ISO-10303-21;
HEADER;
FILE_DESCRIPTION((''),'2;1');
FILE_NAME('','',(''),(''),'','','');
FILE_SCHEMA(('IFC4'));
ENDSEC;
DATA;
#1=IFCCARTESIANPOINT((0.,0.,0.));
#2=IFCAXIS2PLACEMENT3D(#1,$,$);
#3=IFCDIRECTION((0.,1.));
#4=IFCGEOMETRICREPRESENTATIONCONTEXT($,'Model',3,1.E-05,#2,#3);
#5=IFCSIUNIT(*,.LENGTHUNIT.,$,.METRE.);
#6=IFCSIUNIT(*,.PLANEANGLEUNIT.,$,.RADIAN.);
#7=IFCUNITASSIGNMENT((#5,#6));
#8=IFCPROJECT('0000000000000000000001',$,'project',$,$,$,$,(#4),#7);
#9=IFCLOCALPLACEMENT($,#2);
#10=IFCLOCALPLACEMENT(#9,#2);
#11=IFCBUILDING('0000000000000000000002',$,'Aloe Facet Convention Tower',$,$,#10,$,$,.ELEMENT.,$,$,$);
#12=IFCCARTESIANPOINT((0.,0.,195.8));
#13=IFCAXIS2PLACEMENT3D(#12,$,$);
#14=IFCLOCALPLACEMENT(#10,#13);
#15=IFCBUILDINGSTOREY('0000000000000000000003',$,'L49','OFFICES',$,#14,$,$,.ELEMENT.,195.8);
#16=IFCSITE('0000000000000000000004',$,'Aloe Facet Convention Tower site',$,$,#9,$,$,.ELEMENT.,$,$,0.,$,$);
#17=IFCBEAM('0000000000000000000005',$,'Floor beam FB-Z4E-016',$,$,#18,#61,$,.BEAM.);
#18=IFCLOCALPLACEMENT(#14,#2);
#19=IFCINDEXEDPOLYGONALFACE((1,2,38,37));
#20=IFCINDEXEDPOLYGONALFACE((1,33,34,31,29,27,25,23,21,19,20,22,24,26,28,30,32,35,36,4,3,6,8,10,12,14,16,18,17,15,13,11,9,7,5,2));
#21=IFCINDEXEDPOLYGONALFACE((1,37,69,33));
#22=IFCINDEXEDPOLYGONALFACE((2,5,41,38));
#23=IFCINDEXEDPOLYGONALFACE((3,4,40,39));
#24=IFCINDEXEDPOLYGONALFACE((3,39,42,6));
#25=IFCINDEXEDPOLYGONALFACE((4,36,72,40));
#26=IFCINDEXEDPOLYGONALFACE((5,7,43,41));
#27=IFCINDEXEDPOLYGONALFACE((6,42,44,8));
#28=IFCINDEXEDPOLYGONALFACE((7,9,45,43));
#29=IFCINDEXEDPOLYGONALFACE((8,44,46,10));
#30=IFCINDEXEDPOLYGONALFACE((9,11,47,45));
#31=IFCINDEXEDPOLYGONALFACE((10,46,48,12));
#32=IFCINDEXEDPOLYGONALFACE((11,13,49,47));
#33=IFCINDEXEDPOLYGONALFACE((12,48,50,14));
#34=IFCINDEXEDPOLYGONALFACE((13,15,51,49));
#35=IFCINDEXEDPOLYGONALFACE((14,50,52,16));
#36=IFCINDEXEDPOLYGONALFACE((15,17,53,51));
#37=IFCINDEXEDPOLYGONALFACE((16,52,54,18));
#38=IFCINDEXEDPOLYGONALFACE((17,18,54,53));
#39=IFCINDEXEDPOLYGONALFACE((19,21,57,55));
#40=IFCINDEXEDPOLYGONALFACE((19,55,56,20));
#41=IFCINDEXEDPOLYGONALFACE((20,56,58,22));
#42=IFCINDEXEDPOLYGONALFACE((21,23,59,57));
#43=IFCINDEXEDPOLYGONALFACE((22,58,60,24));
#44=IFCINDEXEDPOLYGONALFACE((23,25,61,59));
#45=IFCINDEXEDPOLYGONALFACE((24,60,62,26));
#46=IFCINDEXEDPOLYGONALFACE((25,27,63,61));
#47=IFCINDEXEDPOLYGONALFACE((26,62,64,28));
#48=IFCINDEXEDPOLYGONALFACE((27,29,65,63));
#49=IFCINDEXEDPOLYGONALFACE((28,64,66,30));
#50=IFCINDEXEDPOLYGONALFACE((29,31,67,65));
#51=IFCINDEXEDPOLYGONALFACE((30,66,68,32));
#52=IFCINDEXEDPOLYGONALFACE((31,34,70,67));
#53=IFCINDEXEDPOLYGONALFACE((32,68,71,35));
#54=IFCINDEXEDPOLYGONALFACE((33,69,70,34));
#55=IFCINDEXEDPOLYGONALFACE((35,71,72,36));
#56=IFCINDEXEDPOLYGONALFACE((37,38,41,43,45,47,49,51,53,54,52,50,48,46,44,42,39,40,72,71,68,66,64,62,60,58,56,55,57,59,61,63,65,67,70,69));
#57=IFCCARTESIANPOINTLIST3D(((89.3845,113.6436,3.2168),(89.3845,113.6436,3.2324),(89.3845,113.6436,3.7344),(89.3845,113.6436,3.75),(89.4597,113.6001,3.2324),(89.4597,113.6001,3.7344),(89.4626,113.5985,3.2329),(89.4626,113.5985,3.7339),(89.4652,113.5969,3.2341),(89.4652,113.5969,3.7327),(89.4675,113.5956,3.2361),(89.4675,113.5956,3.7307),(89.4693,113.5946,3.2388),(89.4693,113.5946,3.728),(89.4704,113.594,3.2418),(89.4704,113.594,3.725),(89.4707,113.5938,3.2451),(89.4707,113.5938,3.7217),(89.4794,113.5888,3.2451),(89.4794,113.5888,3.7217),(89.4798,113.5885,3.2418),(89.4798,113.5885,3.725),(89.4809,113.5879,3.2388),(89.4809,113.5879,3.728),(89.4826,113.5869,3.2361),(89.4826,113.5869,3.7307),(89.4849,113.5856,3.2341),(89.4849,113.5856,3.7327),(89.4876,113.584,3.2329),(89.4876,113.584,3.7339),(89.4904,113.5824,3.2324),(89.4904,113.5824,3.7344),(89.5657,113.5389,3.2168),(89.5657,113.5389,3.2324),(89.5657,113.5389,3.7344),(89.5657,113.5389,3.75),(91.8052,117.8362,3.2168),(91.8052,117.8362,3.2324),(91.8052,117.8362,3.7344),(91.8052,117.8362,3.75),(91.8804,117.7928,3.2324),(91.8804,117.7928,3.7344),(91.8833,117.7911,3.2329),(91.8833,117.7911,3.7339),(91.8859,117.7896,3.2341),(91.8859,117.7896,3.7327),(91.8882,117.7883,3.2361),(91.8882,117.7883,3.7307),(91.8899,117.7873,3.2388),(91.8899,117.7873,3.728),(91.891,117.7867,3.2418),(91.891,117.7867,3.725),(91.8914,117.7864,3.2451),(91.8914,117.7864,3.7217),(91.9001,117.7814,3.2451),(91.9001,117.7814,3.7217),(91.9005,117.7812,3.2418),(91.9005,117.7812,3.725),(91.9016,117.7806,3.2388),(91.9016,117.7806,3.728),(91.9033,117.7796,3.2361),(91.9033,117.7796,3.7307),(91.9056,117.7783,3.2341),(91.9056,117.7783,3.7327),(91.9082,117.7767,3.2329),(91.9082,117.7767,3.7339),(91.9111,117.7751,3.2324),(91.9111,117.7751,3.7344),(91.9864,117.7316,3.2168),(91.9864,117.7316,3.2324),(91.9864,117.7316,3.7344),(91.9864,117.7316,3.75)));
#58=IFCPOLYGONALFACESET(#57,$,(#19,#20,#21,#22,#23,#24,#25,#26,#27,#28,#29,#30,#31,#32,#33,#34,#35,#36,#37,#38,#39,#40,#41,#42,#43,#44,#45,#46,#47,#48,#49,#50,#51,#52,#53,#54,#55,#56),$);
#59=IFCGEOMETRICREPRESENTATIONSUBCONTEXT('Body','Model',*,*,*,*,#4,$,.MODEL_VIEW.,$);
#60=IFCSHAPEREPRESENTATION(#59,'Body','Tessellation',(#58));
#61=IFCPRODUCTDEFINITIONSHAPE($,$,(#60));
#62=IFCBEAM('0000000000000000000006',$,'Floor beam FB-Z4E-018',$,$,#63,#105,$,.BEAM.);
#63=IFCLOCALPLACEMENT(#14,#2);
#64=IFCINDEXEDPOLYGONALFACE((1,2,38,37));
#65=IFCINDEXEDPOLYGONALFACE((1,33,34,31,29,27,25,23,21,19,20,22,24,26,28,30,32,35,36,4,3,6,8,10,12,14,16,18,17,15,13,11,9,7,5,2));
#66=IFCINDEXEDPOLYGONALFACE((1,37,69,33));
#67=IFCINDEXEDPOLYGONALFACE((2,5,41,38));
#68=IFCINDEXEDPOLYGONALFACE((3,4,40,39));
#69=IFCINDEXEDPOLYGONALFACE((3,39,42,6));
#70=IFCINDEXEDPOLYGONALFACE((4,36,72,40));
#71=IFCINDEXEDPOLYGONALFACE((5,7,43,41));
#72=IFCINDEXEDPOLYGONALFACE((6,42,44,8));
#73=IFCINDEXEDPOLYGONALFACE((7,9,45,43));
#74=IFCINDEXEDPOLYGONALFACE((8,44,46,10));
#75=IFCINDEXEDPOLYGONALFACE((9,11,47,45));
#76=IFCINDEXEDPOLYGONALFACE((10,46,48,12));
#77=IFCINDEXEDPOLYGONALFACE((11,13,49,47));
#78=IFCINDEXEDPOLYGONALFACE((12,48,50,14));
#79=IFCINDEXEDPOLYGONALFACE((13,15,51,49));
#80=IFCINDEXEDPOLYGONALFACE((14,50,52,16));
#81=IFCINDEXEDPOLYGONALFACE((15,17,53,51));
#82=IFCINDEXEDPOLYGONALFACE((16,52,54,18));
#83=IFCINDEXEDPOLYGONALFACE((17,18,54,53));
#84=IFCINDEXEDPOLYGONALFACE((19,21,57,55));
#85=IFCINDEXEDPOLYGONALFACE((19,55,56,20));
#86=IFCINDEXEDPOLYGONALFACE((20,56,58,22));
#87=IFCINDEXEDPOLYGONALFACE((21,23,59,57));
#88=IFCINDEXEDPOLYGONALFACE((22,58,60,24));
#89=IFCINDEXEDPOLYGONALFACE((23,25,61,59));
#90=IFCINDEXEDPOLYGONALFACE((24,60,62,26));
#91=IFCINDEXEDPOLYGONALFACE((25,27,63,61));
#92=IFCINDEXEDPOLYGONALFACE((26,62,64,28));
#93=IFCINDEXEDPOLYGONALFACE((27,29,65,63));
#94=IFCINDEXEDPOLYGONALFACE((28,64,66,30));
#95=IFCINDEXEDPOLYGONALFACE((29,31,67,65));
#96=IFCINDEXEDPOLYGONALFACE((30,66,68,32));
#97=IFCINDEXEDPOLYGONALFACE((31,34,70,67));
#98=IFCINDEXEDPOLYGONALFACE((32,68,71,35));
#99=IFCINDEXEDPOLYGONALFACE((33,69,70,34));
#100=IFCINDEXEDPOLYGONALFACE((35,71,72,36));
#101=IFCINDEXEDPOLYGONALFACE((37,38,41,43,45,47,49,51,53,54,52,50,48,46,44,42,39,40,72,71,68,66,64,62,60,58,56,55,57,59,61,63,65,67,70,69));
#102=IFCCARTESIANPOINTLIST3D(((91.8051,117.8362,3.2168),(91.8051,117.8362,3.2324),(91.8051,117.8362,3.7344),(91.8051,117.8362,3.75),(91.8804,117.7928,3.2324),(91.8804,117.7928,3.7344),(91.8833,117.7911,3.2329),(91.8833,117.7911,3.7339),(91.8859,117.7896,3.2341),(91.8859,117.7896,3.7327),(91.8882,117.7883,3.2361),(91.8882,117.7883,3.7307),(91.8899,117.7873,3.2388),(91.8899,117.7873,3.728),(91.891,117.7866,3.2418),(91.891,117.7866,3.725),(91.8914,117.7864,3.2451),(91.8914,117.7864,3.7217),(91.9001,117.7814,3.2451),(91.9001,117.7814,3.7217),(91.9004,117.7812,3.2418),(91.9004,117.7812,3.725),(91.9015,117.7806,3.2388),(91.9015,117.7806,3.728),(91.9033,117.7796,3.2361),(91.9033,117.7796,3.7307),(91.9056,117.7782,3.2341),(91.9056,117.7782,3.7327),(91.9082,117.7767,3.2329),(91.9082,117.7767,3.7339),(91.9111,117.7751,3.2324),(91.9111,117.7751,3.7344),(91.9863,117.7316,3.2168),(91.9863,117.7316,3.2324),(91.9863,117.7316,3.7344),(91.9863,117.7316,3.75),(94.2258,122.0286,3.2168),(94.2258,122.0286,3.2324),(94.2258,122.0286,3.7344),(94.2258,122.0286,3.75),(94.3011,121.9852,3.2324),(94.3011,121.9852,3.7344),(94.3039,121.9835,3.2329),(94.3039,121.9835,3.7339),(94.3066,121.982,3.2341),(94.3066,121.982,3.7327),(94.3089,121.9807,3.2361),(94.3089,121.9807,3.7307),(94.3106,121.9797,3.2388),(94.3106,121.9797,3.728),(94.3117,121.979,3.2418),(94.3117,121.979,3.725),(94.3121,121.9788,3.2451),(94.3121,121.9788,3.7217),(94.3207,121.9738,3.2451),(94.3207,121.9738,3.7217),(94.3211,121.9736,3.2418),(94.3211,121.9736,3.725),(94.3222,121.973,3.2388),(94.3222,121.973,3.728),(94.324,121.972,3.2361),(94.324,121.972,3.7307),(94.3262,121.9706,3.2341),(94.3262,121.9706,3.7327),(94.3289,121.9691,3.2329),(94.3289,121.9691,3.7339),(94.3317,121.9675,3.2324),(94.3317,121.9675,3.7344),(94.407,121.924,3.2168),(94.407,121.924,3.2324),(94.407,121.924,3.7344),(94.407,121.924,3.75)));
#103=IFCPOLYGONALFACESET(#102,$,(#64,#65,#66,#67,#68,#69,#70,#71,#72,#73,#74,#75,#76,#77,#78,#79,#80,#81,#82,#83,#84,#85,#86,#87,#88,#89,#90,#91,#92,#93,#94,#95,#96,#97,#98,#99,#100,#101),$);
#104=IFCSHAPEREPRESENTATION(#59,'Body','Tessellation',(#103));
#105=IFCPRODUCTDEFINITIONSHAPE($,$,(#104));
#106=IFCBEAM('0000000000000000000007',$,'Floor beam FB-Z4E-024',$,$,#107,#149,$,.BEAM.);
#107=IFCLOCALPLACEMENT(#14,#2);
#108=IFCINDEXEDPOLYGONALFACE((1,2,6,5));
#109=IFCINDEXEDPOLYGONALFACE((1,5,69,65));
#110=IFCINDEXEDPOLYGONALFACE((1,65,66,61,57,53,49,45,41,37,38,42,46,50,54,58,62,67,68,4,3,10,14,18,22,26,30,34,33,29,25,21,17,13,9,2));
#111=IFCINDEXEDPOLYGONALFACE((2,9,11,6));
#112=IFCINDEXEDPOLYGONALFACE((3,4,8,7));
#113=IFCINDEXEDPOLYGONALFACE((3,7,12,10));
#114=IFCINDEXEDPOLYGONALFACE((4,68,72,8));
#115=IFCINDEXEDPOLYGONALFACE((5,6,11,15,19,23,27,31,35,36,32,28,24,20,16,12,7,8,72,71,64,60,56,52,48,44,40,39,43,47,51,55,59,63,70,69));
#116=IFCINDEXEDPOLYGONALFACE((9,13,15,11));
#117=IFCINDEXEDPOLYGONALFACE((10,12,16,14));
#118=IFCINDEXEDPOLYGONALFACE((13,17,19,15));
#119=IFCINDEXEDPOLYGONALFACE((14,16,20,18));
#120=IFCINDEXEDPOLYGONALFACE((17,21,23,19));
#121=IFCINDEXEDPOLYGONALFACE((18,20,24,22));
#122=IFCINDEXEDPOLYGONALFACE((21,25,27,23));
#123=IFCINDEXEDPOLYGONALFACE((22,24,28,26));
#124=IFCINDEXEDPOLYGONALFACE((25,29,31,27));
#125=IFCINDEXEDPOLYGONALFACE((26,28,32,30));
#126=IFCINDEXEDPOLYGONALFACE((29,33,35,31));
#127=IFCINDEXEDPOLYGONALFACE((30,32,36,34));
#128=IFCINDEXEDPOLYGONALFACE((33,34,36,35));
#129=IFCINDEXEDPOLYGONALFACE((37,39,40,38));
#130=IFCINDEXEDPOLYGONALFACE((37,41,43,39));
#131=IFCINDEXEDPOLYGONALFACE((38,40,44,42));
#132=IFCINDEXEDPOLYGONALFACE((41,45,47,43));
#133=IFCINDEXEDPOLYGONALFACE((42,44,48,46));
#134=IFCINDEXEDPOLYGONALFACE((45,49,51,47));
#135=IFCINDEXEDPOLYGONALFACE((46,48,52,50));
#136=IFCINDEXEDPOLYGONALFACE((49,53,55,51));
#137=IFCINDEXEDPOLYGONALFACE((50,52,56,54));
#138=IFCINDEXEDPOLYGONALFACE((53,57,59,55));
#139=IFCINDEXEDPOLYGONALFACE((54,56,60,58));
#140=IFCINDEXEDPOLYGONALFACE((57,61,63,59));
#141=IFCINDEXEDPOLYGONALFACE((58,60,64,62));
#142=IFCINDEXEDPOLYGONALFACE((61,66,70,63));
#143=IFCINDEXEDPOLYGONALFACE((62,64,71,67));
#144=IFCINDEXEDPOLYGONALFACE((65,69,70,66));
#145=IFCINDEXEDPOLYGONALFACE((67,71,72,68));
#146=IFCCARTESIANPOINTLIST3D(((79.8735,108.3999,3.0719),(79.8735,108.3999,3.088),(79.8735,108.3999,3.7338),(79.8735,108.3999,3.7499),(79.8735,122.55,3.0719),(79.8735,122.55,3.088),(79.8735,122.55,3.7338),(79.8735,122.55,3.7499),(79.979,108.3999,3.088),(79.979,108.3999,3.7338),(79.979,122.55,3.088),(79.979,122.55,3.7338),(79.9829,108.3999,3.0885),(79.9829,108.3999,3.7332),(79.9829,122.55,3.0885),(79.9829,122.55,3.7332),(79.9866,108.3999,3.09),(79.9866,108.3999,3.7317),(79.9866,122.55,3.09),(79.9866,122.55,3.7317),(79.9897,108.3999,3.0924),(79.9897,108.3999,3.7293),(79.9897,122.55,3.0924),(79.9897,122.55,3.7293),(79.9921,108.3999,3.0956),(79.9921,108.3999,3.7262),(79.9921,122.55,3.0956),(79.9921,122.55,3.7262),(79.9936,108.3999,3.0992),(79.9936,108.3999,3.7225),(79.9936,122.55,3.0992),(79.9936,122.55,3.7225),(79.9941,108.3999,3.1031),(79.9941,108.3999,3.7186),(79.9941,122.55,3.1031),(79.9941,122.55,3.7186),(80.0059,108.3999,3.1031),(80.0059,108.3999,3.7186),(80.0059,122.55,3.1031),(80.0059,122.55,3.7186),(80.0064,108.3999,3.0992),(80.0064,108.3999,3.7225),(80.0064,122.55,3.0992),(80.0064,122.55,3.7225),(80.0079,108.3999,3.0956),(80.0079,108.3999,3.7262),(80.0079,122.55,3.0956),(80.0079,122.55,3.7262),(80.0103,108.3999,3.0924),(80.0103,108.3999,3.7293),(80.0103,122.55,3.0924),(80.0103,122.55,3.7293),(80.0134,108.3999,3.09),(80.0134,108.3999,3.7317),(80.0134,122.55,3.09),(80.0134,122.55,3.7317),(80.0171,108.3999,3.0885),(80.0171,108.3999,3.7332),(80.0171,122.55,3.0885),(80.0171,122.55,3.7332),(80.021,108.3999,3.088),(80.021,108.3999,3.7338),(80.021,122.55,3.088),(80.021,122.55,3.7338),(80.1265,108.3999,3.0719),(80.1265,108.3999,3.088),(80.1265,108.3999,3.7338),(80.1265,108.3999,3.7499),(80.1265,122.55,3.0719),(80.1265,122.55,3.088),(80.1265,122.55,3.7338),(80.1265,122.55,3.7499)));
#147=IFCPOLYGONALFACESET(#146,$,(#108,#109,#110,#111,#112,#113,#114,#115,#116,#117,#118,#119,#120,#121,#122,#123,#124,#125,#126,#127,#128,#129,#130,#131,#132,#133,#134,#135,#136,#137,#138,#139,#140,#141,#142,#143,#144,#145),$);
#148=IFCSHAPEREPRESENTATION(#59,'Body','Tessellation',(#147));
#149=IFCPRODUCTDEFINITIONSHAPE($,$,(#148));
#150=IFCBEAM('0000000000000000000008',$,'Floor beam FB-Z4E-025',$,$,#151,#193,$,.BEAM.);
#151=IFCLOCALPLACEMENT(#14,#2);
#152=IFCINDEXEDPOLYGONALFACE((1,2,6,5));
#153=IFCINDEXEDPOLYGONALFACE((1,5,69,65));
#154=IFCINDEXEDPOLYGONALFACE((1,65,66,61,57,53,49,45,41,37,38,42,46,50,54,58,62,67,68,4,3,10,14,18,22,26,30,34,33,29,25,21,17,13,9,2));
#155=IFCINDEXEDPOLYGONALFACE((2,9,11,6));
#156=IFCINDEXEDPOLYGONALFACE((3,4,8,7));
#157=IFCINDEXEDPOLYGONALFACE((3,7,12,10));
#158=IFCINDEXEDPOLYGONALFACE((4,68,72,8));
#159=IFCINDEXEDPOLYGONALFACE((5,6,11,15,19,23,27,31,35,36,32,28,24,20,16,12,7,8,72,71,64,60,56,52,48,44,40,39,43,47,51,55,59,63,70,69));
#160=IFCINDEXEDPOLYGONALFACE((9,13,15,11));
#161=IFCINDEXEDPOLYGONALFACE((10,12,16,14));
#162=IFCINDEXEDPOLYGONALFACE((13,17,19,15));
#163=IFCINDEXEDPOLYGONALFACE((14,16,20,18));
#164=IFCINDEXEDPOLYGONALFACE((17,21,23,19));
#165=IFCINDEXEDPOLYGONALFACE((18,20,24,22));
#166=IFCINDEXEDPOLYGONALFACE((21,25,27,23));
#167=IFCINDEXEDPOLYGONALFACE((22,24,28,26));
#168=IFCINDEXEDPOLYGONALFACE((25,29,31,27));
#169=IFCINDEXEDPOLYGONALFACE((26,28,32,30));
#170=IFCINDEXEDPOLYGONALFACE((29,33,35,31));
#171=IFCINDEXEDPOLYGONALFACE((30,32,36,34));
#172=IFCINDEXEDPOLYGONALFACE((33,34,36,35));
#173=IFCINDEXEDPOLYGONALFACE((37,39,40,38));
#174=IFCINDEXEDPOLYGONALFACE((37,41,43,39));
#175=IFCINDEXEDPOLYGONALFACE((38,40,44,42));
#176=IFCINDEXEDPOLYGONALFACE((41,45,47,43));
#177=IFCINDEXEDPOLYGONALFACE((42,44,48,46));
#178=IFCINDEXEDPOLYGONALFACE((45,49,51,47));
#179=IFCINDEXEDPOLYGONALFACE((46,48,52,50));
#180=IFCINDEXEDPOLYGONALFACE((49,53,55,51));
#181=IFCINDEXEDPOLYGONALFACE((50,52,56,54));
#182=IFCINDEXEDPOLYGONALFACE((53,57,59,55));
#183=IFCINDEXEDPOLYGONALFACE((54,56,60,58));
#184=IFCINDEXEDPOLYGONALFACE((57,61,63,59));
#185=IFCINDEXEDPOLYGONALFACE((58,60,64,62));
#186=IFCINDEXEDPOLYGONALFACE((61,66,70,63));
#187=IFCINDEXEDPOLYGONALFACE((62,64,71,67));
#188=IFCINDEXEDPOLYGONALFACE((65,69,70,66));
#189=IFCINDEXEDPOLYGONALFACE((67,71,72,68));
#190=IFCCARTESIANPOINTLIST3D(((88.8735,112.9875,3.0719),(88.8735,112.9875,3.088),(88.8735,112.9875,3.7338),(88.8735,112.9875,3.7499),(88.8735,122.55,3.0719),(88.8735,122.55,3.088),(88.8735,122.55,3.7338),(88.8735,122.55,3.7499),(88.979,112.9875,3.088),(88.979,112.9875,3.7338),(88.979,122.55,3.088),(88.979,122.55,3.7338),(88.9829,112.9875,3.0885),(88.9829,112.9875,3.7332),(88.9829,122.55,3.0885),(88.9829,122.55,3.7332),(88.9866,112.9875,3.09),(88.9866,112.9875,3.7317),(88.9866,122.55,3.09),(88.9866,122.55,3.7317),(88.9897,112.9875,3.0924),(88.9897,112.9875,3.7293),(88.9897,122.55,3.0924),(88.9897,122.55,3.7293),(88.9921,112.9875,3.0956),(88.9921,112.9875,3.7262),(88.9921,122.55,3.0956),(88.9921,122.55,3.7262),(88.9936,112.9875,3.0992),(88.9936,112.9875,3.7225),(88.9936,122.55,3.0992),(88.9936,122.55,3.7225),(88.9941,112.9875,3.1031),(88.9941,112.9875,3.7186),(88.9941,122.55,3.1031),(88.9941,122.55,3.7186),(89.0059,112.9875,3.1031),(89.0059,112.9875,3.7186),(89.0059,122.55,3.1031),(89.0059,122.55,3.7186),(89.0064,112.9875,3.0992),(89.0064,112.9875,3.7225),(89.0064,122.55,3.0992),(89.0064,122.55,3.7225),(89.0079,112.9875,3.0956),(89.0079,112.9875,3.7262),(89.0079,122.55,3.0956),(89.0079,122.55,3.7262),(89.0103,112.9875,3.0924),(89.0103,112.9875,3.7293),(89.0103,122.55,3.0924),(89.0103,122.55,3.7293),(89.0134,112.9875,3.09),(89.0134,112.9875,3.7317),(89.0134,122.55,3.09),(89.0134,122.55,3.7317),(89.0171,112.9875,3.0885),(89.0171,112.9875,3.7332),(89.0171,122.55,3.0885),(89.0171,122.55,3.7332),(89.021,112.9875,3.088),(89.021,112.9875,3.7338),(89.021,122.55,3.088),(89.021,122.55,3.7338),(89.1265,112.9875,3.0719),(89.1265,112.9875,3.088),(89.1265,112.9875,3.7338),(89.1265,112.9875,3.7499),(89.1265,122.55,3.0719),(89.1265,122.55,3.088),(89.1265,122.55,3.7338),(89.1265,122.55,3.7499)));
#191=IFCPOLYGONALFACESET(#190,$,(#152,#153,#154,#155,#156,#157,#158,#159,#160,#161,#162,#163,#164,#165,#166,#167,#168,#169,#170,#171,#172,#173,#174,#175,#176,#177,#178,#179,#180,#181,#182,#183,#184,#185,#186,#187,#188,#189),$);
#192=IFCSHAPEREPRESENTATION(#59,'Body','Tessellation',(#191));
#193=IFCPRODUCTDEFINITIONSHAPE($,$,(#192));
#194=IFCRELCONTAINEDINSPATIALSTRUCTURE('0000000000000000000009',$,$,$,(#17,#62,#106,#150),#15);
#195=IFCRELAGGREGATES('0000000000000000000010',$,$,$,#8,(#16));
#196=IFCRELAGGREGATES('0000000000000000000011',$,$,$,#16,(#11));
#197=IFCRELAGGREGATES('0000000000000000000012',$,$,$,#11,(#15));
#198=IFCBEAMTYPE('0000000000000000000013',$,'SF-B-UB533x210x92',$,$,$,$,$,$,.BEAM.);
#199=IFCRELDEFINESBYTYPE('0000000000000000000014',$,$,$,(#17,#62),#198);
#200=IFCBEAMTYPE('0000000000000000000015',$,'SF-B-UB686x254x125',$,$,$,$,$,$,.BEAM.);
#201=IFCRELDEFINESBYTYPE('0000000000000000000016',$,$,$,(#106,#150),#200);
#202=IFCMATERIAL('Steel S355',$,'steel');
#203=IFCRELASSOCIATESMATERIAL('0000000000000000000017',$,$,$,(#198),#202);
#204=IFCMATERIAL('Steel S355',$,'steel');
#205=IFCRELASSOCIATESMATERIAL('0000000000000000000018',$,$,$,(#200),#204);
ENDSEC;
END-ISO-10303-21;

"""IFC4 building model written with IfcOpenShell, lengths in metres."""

from ifc_helpers import new_model, si_unit, direction, frame, origin, origin_2d, place, context, subcontext, project, spatial, i_section, extrude, material, material_profile, profile_set, type_object, element, save


model = new_model("IFC4")

# Units and contexts
model_context = context("Model", 3, precision=1e-05, world=origin(), true_north=direction((0.0, 1.0)))
body_context = subcontext(model_context, "Body", "Model", "MODEL_VIEW")
ifc_project = project(units=[si_unit("LENGTHUNIT", "METRE"), si_unit("PLANEANGLEUNIT", "RADIAN")], contexts=[model_context])

# Site, building, storey
site_placement = place(None, origin())
site = spatial("IfcSite", under=ifc_project, at=site_placement, Name="Aloe Facet Convention Tower site", CompositionType="ELEMENT", RefElevation=0.0)
building_placement = place(site_placement, origin())
building = spatial("IfcBuilding", under=site, at=building_placement, Name="Aloe Facet Convention Tower", CompositionType="ELEMENT")
storey_placement = place(building_placement, frame((0.0, 0.0, 195.8)))
storey = spatial("IfcBuildingStorey", under=building, at=storey_placement, Name="L49", Description="OFFICES", CompositionType="ELEMENT", Elevation=195.8)

# Beams
ifc_material_1 = material(Name="Steel S355", Category="steel")
ifc_material_profile_1 = material_profile(ifc_material_1, i_section(OverallWidth=0.2092, OverallDepth=0.5332, WebThickness=0.01, FlangeThickness=0.0156, FilletRadius=0.0127, at=origin_2d()), Name="UB 533x210x92")
ifc_profile_set_1 = profile_set([ifc_material_profile_1], Name="Steel S355")
beam_type_1 = type_object("IfcBeamType", Name="SF-B-UB533x210x92", PredefinedType="BEAM", material=ifc_profile_set_1)
beam_1_placement = place(storey_placement, frame((91.8958, 117.7839, 3.4834), z_axis=(-0.500006, -0.866022, 0.0), x_axis=(0.866022, -0.500006, 0.0)))
element("IfcBeam", 1, at=beam_1_placement, inside=storey, type_object=beam_type_1, Name="Floor beam FB-Z4E-016", PredefinedType="BEAM", context=body_context, shape_type="SweptSolid", body=[
    extrude(i_section(OverallWidth=0.2092, OverallDepth=0.5332, WebThickness=0.01, FlangeThickness=0.0156, FilletRadius=0.0127, at=origin_2d()), origin(), (0.0, 0.0, 1.0), 4.8413),
])
beam_2_placement = place(storey_placement, frame((94.3164, 121.9763, 3.4834), z_axis=(-0.500028, -0.866009, 0.0), x_axis=(0.866009, -0.500028, 0.0)))
element("IfcBeam", 2, at=beam_2_placement, inside=storey, type_object=beam_type_1, Name="Floor beam FB-Z4E-018", PredefinedType="BEAM", context=body_context, shape_type="SweptSolid", body=[
    extrude(i_section(OverallWidth=0.2092, OverallDepth=0.5332, WebThickness=0.01, FlangeThickness=0.0156, FilletRadius=0.0127, at=origin_2d()), origin(), (0.0, 0.0, 1.0), 4.8411),
])
ifc_material_2 = material(Name="Steel S355", Category="steel")
ifc_material_profile_2 = material_profile(ifc_material_2, i_section(OverallWidth=0.2529, OverallDepth=0.678, WebThickness=0.0117, FlangeThickness=0.0161, FilletRadius=0.0151, at=origin_2d()), Name="UB 686x254x125")
ifc_profile_set_2 = profile_set([ifc_material_profile_2], Name="Steel S355")
beam_type_2 = type_object("IfcBeamType", Name="SF-B-UB686x254x125", PredefinedType="BEAM", material=ifc_profile_set_2)
beam_3_placement = place(storey_placement, frame((80.0, 122.55, 3.4109), z_axis=(0.0, -1.0, 0.0), x_axis=(1.0, 0.0, 0.0)))
element("IfcBeam", 3, at=beam_3_placement, inside=storey, type_object=beam_type_2, Name="Floor beam FB-Z4E-024", PredefinedType="BEAM", context=body_context, shape_type="SweptSolid", body=[
    extrude(i_section(OverallWidth=0.2529, OverallDepth=0.678, WebThickness=0.0117, FlangeThickness=0.0161, FilletRadius=0.0151, at=origin_2d()), origin(), (0.0, 0.0, 1.0), 14.1501),
])
beam_4_placement = place(storey_placement, frame((89.0, 122.55, 3.4109), z_axis=(0.0, -1.0, 0.0), x_axis=(1.0, 0.0, 0.0)))
element("IfcBeam", 4, at=beam_4_placement, inside=storey, type_object=beam_type_2, Name="Floor beam FB-Z4E-025", PredefinedType="BEAM", context=body_context, shape_type="SweptSolid", body=[
    extrude(i_section(OverallWidth=0.2529, OverallDepth=0.678, WebThickness=0.0117, FlangeThickness=0.0161, FilletRadius=0.0151, at=origin_2d()), origin(), (0.0, 0.0, 1.0), 9.5625),
])

save(model, "model.ifc")
